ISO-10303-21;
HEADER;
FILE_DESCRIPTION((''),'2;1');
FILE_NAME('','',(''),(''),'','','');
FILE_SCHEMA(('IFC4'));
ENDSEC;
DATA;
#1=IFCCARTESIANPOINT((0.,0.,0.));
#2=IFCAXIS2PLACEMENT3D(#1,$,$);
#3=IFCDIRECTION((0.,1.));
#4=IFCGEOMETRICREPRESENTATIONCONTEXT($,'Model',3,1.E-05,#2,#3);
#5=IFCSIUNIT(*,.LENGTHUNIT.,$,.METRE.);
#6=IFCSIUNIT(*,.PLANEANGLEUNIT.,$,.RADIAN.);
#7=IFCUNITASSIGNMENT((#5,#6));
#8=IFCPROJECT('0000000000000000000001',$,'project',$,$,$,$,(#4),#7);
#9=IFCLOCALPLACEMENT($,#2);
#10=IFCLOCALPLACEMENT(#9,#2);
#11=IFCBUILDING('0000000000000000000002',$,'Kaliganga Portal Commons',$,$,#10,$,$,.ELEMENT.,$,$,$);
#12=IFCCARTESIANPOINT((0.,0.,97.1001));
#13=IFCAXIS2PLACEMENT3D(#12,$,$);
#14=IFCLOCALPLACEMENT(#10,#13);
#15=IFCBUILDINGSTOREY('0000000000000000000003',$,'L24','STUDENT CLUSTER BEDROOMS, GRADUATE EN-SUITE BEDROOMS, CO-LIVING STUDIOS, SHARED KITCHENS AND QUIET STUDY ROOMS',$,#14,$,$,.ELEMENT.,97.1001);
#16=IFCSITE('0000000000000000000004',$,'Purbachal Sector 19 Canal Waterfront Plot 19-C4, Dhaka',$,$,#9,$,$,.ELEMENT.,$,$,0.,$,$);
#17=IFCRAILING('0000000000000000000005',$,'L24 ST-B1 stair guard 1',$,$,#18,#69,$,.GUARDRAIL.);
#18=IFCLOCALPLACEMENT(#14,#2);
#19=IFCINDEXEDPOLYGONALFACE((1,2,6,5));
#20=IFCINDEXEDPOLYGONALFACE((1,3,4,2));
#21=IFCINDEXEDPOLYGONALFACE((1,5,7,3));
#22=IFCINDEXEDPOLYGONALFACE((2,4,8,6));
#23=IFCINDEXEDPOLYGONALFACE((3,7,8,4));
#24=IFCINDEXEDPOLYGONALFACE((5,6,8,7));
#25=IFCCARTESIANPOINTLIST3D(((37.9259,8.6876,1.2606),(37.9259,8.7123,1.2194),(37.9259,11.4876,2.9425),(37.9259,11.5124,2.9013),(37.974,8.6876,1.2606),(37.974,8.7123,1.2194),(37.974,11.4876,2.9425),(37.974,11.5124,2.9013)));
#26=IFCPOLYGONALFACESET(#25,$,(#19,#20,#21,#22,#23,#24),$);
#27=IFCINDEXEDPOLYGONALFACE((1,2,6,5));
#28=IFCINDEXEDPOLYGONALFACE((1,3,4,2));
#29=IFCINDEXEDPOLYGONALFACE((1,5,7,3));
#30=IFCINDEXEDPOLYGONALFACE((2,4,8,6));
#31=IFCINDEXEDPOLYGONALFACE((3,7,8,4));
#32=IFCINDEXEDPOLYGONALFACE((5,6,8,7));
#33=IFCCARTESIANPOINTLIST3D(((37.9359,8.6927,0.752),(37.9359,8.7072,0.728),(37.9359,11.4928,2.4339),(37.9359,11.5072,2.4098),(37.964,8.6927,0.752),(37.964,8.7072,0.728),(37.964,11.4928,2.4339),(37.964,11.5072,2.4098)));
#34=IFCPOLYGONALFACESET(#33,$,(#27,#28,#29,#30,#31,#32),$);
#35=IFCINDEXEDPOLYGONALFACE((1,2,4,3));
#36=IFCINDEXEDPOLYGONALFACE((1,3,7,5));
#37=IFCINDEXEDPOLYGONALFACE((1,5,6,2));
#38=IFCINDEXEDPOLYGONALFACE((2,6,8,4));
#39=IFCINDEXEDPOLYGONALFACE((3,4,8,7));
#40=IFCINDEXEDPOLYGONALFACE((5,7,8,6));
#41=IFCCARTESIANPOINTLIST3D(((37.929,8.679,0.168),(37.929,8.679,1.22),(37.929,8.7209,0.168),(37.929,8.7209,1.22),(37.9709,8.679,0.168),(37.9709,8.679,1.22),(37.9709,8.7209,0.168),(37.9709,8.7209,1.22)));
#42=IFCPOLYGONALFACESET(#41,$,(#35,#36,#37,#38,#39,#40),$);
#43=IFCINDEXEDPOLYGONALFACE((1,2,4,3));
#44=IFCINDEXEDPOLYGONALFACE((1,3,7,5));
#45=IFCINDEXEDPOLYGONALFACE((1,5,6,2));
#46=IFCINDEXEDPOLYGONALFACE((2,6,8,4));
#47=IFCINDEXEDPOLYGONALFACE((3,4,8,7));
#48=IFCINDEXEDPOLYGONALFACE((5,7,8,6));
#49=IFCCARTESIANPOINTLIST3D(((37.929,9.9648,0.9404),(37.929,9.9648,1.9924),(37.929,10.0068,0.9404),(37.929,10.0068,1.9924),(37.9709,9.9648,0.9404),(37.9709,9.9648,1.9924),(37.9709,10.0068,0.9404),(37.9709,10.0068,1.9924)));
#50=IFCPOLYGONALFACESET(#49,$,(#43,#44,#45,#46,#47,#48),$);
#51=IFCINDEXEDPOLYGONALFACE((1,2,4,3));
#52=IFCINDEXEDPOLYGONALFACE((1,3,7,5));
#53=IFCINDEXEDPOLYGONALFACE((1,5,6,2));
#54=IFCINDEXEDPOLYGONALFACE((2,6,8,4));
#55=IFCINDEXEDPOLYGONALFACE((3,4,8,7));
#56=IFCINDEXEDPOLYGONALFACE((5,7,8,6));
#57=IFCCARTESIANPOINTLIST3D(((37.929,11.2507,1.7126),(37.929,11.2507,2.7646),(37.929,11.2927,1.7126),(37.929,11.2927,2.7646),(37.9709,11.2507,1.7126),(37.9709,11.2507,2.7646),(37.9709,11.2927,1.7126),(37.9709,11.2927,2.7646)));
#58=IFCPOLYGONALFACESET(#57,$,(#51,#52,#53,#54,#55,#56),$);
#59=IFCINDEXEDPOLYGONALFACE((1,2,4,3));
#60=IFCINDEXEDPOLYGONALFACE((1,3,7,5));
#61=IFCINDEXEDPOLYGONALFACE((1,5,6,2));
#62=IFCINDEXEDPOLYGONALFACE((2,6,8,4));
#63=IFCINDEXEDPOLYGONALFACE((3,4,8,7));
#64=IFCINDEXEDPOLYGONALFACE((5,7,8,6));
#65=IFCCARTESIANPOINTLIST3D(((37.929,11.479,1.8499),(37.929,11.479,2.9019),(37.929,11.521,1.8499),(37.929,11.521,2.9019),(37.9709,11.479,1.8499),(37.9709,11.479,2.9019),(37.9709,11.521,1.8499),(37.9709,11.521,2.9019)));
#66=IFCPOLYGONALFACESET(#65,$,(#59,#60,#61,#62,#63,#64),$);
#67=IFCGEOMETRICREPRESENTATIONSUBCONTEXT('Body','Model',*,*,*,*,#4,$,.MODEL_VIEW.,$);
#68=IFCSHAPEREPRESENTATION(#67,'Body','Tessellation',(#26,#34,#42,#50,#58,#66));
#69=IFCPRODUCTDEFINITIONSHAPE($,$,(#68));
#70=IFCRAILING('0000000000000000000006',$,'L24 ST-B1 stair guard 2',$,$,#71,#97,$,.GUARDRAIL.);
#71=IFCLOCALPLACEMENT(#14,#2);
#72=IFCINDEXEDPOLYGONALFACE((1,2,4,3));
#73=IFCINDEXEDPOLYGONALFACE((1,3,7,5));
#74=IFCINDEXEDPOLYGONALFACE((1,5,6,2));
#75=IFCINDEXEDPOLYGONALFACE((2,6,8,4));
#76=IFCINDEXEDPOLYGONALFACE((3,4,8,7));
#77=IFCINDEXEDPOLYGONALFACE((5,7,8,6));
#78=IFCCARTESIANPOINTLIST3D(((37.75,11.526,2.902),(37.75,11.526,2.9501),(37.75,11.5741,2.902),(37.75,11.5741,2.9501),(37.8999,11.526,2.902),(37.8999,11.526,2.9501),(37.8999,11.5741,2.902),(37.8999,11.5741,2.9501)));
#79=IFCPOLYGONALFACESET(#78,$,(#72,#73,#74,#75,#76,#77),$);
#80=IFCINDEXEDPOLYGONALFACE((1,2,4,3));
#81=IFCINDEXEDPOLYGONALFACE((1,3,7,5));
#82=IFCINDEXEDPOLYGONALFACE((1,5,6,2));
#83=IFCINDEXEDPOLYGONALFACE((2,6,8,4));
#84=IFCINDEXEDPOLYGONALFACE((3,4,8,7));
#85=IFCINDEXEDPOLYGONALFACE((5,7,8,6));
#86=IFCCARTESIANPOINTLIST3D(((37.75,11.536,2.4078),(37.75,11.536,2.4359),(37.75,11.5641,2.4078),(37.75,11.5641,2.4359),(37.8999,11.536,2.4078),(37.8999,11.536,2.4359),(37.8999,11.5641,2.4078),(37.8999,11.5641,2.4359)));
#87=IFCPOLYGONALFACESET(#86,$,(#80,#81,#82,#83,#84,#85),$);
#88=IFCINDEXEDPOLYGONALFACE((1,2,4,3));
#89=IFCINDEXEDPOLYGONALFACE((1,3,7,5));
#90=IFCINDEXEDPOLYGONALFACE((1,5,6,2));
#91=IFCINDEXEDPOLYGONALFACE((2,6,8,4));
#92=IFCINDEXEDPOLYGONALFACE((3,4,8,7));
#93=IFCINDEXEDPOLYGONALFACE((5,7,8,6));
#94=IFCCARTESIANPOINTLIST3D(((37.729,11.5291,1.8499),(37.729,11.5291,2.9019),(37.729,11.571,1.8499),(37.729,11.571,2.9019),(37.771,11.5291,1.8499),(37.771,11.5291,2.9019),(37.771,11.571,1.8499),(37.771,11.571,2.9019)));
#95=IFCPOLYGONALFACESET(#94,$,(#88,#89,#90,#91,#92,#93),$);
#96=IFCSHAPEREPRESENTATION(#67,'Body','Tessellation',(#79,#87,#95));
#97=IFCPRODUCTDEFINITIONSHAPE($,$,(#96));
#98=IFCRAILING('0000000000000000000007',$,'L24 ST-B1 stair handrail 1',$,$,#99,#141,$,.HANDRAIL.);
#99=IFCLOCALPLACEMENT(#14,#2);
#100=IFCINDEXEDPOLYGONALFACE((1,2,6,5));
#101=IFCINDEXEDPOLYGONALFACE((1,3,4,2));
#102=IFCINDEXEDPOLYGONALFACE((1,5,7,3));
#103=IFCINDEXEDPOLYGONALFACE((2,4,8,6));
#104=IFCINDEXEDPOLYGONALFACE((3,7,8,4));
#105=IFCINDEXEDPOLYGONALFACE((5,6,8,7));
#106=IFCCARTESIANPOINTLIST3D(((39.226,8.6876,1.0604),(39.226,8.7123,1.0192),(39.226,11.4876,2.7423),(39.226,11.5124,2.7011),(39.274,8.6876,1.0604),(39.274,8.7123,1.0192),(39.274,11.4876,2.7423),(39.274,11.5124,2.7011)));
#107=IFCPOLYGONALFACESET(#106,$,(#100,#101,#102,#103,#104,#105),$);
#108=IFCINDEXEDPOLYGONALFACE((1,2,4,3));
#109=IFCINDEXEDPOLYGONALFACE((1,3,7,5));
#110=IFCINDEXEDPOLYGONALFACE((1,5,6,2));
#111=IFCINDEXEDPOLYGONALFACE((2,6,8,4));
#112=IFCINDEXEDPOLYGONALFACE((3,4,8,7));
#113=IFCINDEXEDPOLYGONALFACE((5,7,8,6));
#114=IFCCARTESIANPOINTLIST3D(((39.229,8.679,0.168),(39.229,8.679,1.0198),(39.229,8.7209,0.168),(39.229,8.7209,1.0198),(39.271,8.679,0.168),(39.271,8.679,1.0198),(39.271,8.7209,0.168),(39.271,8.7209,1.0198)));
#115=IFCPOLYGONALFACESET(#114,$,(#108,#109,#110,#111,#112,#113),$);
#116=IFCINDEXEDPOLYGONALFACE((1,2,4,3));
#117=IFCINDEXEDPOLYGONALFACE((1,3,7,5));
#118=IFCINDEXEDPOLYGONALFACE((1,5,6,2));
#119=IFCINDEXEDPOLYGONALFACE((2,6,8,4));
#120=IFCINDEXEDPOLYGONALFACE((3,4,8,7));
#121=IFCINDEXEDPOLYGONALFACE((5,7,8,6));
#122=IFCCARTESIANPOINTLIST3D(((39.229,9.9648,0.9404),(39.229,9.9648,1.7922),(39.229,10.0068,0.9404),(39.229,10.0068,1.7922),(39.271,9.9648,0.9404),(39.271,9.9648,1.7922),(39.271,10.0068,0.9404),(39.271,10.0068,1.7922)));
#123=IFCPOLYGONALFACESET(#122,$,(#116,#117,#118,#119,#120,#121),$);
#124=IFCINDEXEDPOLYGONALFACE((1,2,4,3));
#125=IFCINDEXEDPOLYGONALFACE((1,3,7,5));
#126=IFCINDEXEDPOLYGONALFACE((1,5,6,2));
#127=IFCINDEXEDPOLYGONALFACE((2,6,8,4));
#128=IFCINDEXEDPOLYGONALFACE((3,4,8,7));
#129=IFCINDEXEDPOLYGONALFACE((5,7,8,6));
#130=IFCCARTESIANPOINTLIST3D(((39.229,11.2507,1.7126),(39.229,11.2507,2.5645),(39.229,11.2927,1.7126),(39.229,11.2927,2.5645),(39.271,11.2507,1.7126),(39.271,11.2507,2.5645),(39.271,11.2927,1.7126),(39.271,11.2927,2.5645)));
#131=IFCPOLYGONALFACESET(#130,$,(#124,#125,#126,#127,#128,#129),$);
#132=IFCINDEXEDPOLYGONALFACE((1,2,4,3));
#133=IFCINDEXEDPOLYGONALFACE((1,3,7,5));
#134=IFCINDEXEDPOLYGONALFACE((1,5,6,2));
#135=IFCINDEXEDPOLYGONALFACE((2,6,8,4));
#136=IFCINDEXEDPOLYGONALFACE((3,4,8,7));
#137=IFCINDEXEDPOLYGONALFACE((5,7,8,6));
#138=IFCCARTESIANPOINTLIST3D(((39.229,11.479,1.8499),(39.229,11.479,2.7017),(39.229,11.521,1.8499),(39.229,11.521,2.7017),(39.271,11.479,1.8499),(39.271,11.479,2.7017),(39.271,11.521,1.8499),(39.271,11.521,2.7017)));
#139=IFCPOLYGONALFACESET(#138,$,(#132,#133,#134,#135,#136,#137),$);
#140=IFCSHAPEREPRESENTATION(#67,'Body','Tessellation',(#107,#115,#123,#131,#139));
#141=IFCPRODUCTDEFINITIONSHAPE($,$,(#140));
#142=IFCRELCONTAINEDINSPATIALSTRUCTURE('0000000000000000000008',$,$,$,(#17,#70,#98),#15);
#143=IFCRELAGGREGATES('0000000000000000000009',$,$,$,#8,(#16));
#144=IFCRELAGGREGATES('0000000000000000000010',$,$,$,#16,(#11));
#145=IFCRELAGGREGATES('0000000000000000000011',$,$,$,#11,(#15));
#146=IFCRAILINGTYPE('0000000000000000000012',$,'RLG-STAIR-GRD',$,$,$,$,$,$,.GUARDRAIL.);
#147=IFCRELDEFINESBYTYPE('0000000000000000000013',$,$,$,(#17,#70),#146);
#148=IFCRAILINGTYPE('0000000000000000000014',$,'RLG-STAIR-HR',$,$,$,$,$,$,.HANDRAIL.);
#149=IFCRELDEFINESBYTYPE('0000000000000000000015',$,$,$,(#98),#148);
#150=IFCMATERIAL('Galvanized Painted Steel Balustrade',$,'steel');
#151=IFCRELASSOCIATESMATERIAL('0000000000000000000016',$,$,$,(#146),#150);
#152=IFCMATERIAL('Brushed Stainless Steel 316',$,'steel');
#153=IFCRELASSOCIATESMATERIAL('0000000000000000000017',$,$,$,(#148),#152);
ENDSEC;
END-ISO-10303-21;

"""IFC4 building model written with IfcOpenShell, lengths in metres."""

from ifc_helpers import new_model, si_unit, direction, frame, origin, origin_2d, place, context, subcontext, project, spatial, rectangle, extrude, material, type_object, element, save


model = new_model("IFC4")

# Units and contexts
model_context = context("Model", 3, precision=1e-05, world=origin(), true_north=direction((0.0, 1.0)))
body_context = subcontext(model_context, "Body", "Model", "MODEL_VIEW")
ifc_project = project(units=[si_unit("LENGTHUNIT", "METRE"), si_unit("PLANEANGLEUNIT", "RADIAN")], contexts=[model_context])

# Site, building, storey
site_placement = place(None, origin())
site = spatial("IfcSite", under=ifc_project, at=site_placement, Name="Purbachal Sector 19 Canal Waterfront Plot 19-C4, Dhaka", CompositionType="ELEMENT", RefElevation=0.0)
building_placement = place(site_placement, origin())
building = spatial("IfcBuilding", under=site, at=building_placement, Name="Kaliganga Portal Commons", CompositionType="ELEMENT")
storey_placement = place(building_placement, frame((0.0, 0.0, 97.1001)))
storey = spatial("IfcBuildingStorey", under=building, at=storey_placement, Name="L24", Description="STUDENT CLUSTER BEDROOMS, GRADUATE EN-SUITE BEDROOMS, CO-LIVING STUDIOS, SHARED KITCHENS AND QUIET STUDY ROOMS", CompositionType="ELEMENT", Elevation=97.1001)

# Railings
ifc_material_1 = material(Name="Galvanized Painted Steel Balustrade", Category="steel")
railing_type_1 = type_object("IfcRailingType", Name="RLG-STAIR-GRD", PredefinedType="GUARDRAIL", material=ifc_material_1)
railing_1_placement = place(storey_placement, frame((37.95, 8.7, 0.168)))
element("IfcRailing", 1, at=railing_1_placement, inside=storey, type_object=railing_type_1, Name="L24 ST-B1 stair guard 1", PredefinedType="GUARDRAIL", context=body_context, shape_type="SweptSolid", body=[
    extrude(rectangle(XDim=0.0481, YDim=0.0481, at=origin_2d()), frame((0.0, 0.0, 1.072), z_axis=(0.0, 0.857242, 0.514913), x_axis=(-1.0, 0.0, 0.0)), (0.0, 0.0, 1.0), 3.2664),
    extrude(rectangle(XDim=0.0281, YDim=0.0281, at=origin_2d()), frame((0.0, 0.0, 0.572), z_axis=(0.0, 0.857242, 0.514913), x_axis=(-1.0, 0.0, 0.0)), (0.0, 0.0, 1.0), 3.2664),
    extrude(rectangle(XDim=0.042, YDim=0.042, at=origin_2d()), origin(), (0.0, 0.0, 1.0), 1.052),
    extrude(rectangle(XDim=0.042, YDim=0.042, at=origin_2d()), frame((0.0, 1.2859, 0.7725)), (0.0, 0.0, 1.0), 1.052),
    extrude(rectangle(XDim=0.042, YDim=0.042, at=origin_2d()), frame((0.0, 2.5718, 1.5447)), (0.0, 0.0, 1.0), 1.052),
    extrude(rectangle(XDim=0.042, YDim=0.042, at=origin_2d()), frame((0.0, 2.8, 1.6819)), (0.0, 0.0, 1.0), 1.052),
])
railing_2_placement = place(storey_placement, frame((37.8999, 11.55, 1.8499)))
element("IfcRailing", 2, at=railing_2_placement, inside=storey, type_object=railing_type_1, Name="L24 ST-B1 stair guard 2", PredefinedType="GUARDRAIL", context=body_context, shape_type="SweptSolid", body=[
    extrude(rectangle(XDim=0.0481, YDim=0.0481, at=origin_2d()), frame((0.0, 0.0, 1.0762), z_axis=(-1.0, 0.0, 0.0), x_axis=(0.0, -1.0, 0.0)), (0.0, 0.0, 1.0), 0.1499),
    extrude(rectangle(XDim=0.0281, YDim=0.0281, at=origin_2d()), frame((0.0, 0.0, 0.572), z_axis=(-1.0, 0.0, 0.0), x_axis=(0.0, -1.0, 0.0)), (0.0, 0.0, 1.0), 0.1499),
    extrude(rectangle(XDim=0.042, YDim=0.042, at=origin_2d()), frame((-0.1499, 0.0, 0.0)), (0.0, 0.0, 1.0), 1.052),
])
ifc_material_2 = material(Name="Brushed Stainless Steel 316", Category="steel")
railing_type_2 = type_object("IfcRailingType", Name="RLG-STAIR-HR", PredefinedType="HANDRAIL", material=ifc_material_2)
railing_3_placement = place(storey_placement, frame((39.25, 8.7, 0.168)))
element("IfcRailing", 3, at=railing_3_placement, inside=storey, type_object=railing_type_2, Name="L24 ST-B1 stair handrail 1", PredefinedType="HANDRAIL", context=body_context, shape_type="SweptSolid", body=[
    extrude(rectangle(XDim=0.0481, YDim=0.0481, at=origin_2d()), frame((0.0, 0.0, 0.8718), z_axis=(0.0, 0.857242, 0.514913), x_axis=(-1.0, 0.0, 0.0)), (0.0, 0.0, 1.0), 3.2664),
    extrude(rectangle(XDim=0.042, YDim=0.042, at=origin_2d()), origin(), (0.0, 0.0, 1.0), 0.8518),
    extrude(rectangle(XDim=0.042, YDim=0.042, at=origin_2d()), frame((0.0, 1.2859, 0.7725)), (0.0, 0.0, 1.0), 0.8518),
    extrude(rectangle(XDim=0.042, YDim=0.042, at=origin_2d()), frame((0.0, 2.5718, 1.5447)), (0.0, 0.0, 1.0), 0.8518),
    extrude(rectangle(XDim=0.042, YDim=0.042, at=origin_2d()), frame((0.0, 2.8, 1.6819)), (0.0, 0.0, 1.0), 0.8518),
])

save(model, "model.ifc")
